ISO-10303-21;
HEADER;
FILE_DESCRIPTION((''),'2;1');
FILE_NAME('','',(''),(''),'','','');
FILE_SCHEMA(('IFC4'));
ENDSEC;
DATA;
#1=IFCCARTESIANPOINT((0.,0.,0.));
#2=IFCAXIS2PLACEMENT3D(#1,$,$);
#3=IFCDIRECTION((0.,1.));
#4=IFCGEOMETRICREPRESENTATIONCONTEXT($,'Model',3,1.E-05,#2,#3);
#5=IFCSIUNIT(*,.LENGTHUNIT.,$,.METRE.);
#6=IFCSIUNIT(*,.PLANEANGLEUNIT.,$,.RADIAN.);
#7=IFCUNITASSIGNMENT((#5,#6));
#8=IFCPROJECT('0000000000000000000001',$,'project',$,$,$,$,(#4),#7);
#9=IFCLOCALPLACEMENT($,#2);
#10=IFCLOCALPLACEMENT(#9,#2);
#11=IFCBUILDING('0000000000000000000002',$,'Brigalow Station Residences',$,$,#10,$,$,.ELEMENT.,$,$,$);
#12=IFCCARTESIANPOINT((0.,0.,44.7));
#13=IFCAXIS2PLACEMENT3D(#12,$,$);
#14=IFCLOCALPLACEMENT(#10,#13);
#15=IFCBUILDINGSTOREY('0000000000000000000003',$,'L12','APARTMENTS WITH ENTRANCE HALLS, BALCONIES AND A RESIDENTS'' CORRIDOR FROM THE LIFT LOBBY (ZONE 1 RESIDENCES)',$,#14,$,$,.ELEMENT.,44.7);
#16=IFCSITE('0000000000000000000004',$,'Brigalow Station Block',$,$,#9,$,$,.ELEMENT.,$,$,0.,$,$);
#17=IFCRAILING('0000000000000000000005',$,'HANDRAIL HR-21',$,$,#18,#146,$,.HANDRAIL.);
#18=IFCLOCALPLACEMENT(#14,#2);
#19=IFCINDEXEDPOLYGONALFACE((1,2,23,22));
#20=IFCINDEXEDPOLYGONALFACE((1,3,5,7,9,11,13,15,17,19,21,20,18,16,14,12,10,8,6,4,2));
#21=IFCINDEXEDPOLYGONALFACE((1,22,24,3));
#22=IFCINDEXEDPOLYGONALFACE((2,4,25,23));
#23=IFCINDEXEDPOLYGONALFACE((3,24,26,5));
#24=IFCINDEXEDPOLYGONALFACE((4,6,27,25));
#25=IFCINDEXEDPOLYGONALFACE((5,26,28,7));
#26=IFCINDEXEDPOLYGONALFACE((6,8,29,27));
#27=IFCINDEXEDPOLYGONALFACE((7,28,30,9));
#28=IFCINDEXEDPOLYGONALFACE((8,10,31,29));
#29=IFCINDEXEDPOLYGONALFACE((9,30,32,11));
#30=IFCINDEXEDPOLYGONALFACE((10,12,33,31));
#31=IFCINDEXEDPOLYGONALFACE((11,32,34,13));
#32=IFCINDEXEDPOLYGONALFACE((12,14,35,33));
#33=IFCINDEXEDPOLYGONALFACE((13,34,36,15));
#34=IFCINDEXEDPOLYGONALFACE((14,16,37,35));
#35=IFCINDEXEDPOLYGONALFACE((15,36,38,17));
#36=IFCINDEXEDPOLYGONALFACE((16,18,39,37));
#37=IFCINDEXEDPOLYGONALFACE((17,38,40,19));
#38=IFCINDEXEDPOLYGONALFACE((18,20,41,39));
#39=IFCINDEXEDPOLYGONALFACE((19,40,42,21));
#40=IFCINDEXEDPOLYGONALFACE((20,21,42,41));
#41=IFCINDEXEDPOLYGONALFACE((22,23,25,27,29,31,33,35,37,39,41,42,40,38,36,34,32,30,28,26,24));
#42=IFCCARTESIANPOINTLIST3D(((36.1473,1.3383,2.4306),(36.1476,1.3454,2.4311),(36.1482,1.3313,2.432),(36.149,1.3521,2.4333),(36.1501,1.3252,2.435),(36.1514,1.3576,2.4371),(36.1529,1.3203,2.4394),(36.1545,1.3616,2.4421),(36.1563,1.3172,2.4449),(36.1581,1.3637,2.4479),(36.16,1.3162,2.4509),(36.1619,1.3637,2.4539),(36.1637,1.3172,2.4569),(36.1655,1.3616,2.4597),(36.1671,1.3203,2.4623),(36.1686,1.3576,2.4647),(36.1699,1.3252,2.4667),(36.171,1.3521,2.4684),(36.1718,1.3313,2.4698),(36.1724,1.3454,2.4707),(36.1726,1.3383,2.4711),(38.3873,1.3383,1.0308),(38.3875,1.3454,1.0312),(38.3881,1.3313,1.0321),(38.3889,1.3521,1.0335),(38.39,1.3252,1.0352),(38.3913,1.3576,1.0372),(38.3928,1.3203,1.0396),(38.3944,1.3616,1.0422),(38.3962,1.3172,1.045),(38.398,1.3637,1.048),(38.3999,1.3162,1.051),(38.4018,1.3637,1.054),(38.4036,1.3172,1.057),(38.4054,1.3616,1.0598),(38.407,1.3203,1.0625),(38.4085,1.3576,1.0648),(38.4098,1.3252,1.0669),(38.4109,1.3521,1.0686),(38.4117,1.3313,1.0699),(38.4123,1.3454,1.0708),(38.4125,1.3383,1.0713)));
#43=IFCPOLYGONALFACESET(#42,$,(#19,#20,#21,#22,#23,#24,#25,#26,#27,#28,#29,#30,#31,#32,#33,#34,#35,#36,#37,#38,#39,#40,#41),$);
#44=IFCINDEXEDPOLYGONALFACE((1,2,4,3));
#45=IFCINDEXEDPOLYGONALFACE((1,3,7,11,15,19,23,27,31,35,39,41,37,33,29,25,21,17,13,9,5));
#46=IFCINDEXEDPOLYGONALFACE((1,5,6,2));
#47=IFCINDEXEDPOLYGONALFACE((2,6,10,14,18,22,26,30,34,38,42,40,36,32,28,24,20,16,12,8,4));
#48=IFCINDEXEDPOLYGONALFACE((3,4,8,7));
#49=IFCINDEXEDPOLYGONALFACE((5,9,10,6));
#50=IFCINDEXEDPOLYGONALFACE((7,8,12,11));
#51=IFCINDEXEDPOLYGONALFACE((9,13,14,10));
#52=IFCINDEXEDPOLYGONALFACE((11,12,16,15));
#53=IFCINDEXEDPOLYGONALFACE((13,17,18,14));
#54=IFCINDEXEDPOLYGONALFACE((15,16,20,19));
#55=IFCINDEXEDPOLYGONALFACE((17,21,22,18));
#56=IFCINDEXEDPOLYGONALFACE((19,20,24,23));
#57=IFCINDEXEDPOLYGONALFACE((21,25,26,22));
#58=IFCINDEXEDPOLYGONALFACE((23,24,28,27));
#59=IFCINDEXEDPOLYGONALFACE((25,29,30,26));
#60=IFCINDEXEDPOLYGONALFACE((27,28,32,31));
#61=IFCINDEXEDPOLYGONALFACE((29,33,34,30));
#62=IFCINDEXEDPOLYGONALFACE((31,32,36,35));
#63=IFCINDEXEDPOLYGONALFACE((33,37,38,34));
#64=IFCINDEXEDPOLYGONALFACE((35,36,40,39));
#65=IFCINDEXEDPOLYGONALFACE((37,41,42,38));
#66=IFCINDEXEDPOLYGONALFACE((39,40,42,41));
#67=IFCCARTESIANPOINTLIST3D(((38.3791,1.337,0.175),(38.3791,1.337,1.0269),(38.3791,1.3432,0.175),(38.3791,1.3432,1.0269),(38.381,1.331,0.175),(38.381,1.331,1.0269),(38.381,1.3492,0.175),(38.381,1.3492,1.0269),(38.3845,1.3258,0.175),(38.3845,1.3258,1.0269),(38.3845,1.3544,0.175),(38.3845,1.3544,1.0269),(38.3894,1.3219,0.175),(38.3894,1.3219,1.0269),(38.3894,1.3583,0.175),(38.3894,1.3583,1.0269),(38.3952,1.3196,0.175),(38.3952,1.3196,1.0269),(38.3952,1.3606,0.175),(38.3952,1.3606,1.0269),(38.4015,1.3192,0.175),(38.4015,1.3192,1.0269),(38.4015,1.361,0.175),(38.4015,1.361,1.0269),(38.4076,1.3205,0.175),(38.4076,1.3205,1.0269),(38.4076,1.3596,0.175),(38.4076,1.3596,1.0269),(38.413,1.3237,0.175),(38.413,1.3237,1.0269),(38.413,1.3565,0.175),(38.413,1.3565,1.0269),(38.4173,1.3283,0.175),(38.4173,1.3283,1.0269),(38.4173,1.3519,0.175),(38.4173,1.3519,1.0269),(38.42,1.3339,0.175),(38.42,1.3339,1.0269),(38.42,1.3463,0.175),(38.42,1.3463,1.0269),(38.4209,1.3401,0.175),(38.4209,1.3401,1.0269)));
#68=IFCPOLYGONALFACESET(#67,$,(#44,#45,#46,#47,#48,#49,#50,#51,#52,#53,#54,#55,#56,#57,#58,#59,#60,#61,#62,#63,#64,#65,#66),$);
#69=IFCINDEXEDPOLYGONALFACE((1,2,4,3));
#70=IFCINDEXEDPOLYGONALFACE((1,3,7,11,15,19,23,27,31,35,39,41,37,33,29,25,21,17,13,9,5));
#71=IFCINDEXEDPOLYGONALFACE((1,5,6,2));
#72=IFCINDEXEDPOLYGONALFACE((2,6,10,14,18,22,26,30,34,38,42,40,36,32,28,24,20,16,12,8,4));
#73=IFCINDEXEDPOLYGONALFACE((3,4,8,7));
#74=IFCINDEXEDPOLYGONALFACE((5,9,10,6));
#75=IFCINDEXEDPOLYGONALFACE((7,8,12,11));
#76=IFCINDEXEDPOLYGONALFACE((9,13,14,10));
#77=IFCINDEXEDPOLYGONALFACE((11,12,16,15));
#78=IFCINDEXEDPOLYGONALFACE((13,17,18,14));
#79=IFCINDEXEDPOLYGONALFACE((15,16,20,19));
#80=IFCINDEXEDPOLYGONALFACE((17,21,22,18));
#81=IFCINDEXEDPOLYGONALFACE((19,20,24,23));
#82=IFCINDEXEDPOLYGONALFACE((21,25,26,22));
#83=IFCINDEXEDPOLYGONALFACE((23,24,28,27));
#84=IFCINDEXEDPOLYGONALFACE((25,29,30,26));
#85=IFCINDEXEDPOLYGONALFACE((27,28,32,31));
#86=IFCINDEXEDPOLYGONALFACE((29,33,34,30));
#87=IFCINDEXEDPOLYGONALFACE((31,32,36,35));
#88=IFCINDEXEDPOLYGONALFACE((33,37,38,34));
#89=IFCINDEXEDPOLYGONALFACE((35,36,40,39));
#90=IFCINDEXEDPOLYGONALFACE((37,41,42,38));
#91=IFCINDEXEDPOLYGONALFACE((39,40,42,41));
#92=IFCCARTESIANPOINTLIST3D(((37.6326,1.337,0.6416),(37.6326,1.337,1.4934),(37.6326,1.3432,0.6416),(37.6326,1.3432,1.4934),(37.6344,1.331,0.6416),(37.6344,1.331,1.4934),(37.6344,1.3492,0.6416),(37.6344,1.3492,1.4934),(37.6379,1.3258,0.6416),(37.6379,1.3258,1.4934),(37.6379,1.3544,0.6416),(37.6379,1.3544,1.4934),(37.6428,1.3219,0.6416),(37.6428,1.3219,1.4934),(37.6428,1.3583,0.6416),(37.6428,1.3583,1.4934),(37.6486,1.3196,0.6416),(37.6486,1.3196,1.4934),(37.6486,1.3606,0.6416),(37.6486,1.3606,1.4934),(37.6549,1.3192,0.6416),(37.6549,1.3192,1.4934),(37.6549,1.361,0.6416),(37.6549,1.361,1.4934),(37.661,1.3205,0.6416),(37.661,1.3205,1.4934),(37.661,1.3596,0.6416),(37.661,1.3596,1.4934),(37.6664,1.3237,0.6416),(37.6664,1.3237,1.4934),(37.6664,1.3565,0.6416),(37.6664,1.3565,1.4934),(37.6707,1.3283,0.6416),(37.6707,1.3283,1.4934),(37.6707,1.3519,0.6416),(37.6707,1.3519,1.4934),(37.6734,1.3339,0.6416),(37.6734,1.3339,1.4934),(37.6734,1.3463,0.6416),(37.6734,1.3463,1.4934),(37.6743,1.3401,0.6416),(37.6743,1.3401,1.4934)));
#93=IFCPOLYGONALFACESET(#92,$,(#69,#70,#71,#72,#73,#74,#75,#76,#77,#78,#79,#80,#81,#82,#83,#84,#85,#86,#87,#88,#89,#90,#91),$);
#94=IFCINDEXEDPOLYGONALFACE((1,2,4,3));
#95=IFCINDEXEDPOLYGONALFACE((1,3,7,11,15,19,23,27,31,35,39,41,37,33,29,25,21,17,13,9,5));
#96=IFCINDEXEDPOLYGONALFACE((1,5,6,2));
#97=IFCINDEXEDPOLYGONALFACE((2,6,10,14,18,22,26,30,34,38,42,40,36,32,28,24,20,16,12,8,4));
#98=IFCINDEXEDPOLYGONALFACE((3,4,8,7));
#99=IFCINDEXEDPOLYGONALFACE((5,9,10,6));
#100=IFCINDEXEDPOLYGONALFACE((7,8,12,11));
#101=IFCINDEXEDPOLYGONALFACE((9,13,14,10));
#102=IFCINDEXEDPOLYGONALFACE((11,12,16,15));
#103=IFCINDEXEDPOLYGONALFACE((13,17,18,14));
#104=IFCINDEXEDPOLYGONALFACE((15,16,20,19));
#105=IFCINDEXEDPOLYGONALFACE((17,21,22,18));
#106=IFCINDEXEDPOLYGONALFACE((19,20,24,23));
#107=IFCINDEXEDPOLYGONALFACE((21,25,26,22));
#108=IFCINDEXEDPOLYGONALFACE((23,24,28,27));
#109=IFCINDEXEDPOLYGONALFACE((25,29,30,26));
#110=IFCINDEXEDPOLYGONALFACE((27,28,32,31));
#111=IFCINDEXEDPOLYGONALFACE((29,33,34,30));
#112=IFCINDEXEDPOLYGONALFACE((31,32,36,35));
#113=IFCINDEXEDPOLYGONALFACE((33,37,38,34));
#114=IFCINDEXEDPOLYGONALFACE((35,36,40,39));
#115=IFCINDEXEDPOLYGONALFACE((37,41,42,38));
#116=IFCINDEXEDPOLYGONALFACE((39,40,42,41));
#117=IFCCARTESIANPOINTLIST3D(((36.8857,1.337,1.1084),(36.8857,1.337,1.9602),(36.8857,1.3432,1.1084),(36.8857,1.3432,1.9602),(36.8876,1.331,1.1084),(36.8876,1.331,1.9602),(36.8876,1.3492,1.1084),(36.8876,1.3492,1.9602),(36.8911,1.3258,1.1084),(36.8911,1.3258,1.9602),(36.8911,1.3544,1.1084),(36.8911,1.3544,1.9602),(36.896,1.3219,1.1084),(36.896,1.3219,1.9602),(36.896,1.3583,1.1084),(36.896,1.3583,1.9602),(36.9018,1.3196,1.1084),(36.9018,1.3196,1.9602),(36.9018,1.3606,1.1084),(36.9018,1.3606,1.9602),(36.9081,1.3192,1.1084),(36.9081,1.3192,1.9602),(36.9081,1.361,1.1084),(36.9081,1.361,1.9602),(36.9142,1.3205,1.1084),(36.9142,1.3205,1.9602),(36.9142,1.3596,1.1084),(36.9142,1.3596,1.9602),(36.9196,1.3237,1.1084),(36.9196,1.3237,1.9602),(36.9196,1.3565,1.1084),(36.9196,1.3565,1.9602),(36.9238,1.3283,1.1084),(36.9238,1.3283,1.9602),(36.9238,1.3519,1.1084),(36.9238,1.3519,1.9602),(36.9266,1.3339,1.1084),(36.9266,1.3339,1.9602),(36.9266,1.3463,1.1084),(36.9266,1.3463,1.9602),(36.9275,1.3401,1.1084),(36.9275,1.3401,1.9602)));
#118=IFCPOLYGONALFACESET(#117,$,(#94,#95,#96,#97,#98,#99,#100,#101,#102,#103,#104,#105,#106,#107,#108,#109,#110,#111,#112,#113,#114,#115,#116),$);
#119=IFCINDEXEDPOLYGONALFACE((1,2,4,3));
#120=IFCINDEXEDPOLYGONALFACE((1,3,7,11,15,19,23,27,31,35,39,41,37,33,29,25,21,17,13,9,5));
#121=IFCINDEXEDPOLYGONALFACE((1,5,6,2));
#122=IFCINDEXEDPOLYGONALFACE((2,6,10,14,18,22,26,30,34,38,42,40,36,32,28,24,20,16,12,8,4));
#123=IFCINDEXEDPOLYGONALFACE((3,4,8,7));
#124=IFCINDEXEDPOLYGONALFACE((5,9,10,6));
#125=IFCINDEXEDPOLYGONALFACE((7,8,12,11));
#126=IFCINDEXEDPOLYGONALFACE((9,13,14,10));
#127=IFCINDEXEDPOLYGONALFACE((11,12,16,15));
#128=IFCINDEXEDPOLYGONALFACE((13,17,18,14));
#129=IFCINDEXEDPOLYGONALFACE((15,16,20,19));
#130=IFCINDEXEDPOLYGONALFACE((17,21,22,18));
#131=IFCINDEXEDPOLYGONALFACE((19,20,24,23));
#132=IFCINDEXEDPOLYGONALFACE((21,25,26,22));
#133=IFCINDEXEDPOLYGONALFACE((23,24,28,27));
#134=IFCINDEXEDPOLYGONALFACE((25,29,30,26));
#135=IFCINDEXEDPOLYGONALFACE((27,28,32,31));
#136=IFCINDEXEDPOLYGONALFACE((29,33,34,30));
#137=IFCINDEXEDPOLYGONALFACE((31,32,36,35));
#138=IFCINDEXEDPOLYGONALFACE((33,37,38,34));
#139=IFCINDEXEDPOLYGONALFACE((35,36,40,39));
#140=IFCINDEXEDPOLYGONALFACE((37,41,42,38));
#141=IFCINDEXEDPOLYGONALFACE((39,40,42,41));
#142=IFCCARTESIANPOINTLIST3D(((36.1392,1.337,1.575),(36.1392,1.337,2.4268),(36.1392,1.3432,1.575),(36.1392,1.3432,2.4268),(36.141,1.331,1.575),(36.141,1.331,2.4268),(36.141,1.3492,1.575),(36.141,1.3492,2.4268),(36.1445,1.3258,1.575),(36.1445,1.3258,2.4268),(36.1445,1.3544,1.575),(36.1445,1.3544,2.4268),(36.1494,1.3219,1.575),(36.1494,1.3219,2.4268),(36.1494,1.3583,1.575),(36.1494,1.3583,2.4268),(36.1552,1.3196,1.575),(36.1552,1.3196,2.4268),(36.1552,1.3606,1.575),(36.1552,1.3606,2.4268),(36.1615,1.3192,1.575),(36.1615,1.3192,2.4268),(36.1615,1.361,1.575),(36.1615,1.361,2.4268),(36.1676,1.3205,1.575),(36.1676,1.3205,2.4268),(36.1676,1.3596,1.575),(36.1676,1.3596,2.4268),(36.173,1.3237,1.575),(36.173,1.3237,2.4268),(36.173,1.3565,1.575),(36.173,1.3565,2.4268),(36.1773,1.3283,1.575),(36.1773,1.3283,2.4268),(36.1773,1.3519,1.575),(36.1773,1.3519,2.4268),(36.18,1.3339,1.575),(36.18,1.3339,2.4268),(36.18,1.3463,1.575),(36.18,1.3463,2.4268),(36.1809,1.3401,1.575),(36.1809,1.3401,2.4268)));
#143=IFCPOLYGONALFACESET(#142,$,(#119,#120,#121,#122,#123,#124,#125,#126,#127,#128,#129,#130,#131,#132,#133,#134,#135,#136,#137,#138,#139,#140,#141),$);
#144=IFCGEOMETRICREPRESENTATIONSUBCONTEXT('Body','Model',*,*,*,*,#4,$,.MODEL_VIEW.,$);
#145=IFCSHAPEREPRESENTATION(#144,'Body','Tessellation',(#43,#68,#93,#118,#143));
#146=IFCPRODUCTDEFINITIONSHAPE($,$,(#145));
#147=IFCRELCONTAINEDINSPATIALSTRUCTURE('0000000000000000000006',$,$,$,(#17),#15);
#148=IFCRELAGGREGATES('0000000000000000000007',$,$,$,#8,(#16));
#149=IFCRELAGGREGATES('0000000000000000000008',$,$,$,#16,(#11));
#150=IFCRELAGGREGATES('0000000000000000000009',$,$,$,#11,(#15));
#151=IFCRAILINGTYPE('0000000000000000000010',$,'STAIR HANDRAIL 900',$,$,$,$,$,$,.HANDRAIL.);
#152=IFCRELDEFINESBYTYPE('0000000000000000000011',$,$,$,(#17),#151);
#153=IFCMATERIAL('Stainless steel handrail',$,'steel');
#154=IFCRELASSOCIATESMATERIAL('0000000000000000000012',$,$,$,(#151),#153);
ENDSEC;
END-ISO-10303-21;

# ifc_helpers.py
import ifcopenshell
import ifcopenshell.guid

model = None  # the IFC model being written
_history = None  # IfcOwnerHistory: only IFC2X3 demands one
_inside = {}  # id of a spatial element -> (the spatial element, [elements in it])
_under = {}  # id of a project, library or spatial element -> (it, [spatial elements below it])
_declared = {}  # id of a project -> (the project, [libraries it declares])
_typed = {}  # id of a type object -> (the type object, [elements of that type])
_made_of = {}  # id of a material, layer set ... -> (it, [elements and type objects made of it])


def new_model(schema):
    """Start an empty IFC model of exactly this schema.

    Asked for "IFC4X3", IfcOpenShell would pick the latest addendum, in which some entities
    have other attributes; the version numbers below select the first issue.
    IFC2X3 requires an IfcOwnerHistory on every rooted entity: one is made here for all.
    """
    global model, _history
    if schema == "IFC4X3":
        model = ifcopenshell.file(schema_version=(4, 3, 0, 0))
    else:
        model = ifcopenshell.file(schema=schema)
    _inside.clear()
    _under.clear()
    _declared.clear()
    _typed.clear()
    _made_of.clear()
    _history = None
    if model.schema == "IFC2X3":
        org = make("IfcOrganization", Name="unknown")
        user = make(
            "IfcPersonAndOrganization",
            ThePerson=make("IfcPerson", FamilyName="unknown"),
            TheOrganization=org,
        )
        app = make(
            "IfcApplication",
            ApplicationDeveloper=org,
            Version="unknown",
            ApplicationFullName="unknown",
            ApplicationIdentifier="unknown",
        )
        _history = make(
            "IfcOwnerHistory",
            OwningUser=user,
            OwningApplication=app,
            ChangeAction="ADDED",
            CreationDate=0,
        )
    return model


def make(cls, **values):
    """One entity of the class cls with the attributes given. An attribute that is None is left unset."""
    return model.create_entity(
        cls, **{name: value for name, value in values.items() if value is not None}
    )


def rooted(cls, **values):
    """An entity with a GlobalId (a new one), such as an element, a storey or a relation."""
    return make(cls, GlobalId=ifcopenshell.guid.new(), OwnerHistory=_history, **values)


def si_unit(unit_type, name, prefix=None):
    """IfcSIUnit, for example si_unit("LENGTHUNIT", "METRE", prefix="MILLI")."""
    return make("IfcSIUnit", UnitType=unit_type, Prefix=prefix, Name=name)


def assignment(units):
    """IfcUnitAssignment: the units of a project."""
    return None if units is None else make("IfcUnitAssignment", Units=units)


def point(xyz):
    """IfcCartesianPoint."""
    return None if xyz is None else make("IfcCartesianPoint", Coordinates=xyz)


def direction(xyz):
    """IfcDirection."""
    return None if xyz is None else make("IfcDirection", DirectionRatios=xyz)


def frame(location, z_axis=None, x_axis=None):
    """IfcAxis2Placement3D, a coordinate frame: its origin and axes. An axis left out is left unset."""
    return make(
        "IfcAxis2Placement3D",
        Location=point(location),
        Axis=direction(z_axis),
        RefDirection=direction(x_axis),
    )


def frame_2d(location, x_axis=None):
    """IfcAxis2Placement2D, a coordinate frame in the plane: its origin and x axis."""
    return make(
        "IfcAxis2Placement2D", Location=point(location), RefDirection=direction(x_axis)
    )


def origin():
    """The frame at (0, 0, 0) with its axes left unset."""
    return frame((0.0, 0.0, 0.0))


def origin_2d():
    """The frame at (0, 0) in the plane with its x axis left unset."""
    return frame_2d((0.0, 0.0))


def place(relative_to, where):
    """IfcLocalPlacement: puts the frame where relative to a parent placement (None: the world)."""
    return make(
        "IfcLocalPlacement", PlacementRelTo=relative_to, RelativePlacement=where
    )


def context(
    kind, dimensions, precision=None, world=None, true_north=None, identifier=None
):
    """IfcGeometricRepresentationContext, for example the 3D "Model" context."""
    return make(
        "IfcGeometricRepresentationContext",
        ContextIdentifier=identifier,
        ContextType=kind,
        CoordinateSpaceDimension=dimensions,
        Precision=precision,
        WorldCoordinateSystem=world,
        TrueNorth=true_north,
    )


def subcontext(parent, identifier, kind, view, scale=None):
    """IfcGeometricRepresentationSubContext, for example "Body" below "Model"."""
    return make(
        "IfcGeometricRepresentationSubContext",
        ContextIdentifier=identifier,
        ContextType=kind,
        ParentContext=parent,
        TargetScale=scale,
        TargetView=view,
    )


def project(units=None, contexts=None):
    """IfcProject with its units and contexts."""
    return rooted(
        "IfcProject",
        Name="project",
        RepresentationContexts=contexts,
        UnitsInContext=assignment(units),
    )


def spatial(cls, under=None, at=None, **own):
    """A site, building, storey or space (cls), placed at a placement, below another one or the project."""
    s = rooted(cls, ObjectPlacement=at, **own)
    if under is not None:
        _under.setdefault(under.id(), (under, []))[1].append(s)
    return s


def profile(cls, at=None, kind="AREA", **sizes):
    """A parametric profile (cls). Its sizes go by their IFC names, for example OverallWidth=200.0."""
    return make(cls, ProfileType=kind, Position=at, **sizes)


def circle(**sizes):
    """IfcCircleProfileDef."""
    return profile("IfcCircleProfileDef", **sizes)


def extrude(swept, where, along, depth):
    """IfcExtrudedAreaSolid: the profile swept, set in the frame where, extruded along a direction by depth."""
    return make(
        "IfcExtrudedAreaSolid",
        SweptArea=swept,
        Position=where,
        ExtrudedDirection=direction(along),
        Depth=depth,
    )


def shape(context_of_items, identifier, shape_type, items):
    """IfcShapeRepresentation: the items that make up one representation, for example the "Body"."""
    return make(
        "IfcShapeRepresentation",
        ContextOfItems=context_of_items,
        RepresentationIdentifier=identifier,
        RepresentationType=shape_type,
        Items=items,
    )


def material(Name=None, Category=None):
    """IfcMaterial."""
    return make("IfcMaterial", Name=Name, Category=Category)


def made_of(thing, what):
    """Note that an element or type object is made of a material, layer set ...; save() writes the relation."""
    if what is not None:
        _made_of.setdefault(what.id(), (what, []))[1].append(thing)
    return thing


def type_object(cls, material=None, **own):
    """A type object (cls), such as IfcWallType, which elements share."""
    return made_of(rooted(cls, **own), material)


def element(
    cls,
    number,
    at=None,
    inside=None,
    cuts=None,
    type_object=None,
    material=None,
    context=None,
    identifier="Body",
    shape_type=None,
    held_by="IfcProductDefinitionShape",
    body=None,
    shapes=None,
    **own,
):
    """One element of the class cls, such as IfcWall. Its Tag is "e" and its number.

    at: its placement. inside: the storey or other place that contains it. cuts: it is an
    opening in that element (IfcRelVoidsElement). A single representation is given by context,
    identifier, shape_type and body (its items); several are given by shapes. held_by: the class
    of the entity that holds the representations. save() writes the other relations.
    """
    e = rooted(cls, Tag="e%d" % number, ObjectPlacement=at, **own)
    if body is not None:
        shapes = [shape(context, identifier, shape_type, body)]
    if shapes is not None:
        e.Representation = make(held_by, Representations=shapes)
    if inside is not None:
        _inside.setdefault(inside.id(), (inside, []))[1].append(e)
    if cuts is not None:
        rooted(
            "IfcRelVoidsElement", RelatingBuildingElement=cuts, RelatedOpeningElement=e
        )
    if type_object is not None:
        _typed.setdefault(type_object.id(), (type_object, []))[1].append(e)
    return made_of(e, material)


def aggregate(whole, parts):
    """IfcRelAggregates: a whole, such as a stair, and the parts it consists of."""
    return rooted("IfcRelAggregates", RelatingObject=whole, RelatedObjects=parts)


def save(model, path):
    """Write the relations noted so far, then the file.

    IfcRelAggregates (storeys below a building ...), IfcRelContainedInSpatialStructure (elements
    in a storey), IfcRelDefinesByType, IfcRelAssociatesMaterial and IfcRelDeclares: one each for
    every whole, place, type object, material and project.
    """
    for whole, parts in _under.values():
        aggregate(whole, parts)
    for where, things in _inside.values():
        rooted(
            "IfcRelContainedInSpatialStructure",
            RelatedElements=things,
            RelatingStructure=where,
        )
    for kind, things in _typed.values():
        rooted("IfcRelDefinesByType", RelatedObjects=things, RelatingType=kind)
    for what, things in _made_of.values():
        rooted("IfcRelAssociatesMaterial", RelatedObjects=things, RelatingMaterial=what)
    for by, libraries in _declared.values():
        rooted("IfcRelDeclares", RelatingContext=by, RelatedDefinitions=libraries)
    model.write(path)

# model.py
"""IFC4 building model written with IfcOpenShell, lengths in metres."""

from ifc_helpers import new_model, si_unit, direction, frame, origin, origin_2d, place, context, subcontext, project, spatial, circle, extrude, material, type_object, element, save


model = new_model("IFC4")

# Units and contexts
model_context = context("Model", 3, precision=1e-05, world=origin(), true_north=direction((0.0, 1.0)))
body_context = subcontext(model_context, "Body", "Model", "MODEL_VIEW")
ifc_project = project(units=[si_unit("LENGTHUNIT", "METRE"), si_unit("PLANEANGLEUNIT", "RADIAN")], contexts=[model_context])

# Site, building, storey
site_placement = place(None, origin())
site = spatial("IfcSite", under=ifc_project, at=site_placement, Name="Brigalow Station Block", CompositionType="ELEMENT", RefElevation=0.0)
building_placement = place(site_placement, origin())
building = spatial("IfcBuilding", under=site, at=building_placement, Name="Brigalow Station Residences", CompositionType="ELEMENT")
storey_placement = place(building_placement, frame((0.0, 0.0, 44.7)))
storey = spatial("IfcBuildingStorey", under=building, at=storey_placement, Name="L12", Description="APARTMENTS WITH ENTRANCE HALLS, BALCONIES AND A RESIDENTS' CORRIDOR FROM THE LIFT LOBBY (ZONE 1 RESIDENCES)", CompositionType="ELEMENT", Elevation=44.7)

# Railing
ifc_material_1 = material(Name="Stainless steel handrail", Category="steel")
railing_type_1 = type_object("IfcRailingType", Name="STAIR HANDRAIL 900", PredefinedType="HANDRAIL", material=ifc_material_1)
railing_1_placement = place(storey_placement, frame((38.3999, 1.3401, 0.175)))
element("IfcRailing", 1, at=railing_1_placement, inside=storey, type_object=railing_type_1, Name="HANDRAIL HR-21", PredefinedType="HANDRAIL", context=body_context, shape_type="SweptSolid", body=[
    extrude(circle(Radius=0.0239, at=origin_2d()), frame((0.0, 0.0, 0.876), z_axis=(-0.848014, 0.0, 0.529974), x_axis=(0.0, -1.0, 0.0)), (0.0, 0.0, 1.0), 2.6414),
    extrude(circle(Radius=0.021, at=origin_2d()), origin(), (0.0, 0.0, 1.0), 0.8518),
    extrude(circle(Radius=0.021, at=origin_2d()), frame((-0.7466, 0.0, 0.4666)), (0.0, 0.0, 1.0), 0.8518),
    extrude(circle(Radius=0.021, at=origin_2d()), frame((-1.4934, 0.0, 0.9333)), (0.0, 0.0, 1.0), 0.8518),
    extrude(circle(Radius=0.021, at=origin_2d()), frame((-2.24, 0.0, 1.3999)), (0.0, 0.0, 1.0), 0.8518),
])

save(model, "model.ifc")
